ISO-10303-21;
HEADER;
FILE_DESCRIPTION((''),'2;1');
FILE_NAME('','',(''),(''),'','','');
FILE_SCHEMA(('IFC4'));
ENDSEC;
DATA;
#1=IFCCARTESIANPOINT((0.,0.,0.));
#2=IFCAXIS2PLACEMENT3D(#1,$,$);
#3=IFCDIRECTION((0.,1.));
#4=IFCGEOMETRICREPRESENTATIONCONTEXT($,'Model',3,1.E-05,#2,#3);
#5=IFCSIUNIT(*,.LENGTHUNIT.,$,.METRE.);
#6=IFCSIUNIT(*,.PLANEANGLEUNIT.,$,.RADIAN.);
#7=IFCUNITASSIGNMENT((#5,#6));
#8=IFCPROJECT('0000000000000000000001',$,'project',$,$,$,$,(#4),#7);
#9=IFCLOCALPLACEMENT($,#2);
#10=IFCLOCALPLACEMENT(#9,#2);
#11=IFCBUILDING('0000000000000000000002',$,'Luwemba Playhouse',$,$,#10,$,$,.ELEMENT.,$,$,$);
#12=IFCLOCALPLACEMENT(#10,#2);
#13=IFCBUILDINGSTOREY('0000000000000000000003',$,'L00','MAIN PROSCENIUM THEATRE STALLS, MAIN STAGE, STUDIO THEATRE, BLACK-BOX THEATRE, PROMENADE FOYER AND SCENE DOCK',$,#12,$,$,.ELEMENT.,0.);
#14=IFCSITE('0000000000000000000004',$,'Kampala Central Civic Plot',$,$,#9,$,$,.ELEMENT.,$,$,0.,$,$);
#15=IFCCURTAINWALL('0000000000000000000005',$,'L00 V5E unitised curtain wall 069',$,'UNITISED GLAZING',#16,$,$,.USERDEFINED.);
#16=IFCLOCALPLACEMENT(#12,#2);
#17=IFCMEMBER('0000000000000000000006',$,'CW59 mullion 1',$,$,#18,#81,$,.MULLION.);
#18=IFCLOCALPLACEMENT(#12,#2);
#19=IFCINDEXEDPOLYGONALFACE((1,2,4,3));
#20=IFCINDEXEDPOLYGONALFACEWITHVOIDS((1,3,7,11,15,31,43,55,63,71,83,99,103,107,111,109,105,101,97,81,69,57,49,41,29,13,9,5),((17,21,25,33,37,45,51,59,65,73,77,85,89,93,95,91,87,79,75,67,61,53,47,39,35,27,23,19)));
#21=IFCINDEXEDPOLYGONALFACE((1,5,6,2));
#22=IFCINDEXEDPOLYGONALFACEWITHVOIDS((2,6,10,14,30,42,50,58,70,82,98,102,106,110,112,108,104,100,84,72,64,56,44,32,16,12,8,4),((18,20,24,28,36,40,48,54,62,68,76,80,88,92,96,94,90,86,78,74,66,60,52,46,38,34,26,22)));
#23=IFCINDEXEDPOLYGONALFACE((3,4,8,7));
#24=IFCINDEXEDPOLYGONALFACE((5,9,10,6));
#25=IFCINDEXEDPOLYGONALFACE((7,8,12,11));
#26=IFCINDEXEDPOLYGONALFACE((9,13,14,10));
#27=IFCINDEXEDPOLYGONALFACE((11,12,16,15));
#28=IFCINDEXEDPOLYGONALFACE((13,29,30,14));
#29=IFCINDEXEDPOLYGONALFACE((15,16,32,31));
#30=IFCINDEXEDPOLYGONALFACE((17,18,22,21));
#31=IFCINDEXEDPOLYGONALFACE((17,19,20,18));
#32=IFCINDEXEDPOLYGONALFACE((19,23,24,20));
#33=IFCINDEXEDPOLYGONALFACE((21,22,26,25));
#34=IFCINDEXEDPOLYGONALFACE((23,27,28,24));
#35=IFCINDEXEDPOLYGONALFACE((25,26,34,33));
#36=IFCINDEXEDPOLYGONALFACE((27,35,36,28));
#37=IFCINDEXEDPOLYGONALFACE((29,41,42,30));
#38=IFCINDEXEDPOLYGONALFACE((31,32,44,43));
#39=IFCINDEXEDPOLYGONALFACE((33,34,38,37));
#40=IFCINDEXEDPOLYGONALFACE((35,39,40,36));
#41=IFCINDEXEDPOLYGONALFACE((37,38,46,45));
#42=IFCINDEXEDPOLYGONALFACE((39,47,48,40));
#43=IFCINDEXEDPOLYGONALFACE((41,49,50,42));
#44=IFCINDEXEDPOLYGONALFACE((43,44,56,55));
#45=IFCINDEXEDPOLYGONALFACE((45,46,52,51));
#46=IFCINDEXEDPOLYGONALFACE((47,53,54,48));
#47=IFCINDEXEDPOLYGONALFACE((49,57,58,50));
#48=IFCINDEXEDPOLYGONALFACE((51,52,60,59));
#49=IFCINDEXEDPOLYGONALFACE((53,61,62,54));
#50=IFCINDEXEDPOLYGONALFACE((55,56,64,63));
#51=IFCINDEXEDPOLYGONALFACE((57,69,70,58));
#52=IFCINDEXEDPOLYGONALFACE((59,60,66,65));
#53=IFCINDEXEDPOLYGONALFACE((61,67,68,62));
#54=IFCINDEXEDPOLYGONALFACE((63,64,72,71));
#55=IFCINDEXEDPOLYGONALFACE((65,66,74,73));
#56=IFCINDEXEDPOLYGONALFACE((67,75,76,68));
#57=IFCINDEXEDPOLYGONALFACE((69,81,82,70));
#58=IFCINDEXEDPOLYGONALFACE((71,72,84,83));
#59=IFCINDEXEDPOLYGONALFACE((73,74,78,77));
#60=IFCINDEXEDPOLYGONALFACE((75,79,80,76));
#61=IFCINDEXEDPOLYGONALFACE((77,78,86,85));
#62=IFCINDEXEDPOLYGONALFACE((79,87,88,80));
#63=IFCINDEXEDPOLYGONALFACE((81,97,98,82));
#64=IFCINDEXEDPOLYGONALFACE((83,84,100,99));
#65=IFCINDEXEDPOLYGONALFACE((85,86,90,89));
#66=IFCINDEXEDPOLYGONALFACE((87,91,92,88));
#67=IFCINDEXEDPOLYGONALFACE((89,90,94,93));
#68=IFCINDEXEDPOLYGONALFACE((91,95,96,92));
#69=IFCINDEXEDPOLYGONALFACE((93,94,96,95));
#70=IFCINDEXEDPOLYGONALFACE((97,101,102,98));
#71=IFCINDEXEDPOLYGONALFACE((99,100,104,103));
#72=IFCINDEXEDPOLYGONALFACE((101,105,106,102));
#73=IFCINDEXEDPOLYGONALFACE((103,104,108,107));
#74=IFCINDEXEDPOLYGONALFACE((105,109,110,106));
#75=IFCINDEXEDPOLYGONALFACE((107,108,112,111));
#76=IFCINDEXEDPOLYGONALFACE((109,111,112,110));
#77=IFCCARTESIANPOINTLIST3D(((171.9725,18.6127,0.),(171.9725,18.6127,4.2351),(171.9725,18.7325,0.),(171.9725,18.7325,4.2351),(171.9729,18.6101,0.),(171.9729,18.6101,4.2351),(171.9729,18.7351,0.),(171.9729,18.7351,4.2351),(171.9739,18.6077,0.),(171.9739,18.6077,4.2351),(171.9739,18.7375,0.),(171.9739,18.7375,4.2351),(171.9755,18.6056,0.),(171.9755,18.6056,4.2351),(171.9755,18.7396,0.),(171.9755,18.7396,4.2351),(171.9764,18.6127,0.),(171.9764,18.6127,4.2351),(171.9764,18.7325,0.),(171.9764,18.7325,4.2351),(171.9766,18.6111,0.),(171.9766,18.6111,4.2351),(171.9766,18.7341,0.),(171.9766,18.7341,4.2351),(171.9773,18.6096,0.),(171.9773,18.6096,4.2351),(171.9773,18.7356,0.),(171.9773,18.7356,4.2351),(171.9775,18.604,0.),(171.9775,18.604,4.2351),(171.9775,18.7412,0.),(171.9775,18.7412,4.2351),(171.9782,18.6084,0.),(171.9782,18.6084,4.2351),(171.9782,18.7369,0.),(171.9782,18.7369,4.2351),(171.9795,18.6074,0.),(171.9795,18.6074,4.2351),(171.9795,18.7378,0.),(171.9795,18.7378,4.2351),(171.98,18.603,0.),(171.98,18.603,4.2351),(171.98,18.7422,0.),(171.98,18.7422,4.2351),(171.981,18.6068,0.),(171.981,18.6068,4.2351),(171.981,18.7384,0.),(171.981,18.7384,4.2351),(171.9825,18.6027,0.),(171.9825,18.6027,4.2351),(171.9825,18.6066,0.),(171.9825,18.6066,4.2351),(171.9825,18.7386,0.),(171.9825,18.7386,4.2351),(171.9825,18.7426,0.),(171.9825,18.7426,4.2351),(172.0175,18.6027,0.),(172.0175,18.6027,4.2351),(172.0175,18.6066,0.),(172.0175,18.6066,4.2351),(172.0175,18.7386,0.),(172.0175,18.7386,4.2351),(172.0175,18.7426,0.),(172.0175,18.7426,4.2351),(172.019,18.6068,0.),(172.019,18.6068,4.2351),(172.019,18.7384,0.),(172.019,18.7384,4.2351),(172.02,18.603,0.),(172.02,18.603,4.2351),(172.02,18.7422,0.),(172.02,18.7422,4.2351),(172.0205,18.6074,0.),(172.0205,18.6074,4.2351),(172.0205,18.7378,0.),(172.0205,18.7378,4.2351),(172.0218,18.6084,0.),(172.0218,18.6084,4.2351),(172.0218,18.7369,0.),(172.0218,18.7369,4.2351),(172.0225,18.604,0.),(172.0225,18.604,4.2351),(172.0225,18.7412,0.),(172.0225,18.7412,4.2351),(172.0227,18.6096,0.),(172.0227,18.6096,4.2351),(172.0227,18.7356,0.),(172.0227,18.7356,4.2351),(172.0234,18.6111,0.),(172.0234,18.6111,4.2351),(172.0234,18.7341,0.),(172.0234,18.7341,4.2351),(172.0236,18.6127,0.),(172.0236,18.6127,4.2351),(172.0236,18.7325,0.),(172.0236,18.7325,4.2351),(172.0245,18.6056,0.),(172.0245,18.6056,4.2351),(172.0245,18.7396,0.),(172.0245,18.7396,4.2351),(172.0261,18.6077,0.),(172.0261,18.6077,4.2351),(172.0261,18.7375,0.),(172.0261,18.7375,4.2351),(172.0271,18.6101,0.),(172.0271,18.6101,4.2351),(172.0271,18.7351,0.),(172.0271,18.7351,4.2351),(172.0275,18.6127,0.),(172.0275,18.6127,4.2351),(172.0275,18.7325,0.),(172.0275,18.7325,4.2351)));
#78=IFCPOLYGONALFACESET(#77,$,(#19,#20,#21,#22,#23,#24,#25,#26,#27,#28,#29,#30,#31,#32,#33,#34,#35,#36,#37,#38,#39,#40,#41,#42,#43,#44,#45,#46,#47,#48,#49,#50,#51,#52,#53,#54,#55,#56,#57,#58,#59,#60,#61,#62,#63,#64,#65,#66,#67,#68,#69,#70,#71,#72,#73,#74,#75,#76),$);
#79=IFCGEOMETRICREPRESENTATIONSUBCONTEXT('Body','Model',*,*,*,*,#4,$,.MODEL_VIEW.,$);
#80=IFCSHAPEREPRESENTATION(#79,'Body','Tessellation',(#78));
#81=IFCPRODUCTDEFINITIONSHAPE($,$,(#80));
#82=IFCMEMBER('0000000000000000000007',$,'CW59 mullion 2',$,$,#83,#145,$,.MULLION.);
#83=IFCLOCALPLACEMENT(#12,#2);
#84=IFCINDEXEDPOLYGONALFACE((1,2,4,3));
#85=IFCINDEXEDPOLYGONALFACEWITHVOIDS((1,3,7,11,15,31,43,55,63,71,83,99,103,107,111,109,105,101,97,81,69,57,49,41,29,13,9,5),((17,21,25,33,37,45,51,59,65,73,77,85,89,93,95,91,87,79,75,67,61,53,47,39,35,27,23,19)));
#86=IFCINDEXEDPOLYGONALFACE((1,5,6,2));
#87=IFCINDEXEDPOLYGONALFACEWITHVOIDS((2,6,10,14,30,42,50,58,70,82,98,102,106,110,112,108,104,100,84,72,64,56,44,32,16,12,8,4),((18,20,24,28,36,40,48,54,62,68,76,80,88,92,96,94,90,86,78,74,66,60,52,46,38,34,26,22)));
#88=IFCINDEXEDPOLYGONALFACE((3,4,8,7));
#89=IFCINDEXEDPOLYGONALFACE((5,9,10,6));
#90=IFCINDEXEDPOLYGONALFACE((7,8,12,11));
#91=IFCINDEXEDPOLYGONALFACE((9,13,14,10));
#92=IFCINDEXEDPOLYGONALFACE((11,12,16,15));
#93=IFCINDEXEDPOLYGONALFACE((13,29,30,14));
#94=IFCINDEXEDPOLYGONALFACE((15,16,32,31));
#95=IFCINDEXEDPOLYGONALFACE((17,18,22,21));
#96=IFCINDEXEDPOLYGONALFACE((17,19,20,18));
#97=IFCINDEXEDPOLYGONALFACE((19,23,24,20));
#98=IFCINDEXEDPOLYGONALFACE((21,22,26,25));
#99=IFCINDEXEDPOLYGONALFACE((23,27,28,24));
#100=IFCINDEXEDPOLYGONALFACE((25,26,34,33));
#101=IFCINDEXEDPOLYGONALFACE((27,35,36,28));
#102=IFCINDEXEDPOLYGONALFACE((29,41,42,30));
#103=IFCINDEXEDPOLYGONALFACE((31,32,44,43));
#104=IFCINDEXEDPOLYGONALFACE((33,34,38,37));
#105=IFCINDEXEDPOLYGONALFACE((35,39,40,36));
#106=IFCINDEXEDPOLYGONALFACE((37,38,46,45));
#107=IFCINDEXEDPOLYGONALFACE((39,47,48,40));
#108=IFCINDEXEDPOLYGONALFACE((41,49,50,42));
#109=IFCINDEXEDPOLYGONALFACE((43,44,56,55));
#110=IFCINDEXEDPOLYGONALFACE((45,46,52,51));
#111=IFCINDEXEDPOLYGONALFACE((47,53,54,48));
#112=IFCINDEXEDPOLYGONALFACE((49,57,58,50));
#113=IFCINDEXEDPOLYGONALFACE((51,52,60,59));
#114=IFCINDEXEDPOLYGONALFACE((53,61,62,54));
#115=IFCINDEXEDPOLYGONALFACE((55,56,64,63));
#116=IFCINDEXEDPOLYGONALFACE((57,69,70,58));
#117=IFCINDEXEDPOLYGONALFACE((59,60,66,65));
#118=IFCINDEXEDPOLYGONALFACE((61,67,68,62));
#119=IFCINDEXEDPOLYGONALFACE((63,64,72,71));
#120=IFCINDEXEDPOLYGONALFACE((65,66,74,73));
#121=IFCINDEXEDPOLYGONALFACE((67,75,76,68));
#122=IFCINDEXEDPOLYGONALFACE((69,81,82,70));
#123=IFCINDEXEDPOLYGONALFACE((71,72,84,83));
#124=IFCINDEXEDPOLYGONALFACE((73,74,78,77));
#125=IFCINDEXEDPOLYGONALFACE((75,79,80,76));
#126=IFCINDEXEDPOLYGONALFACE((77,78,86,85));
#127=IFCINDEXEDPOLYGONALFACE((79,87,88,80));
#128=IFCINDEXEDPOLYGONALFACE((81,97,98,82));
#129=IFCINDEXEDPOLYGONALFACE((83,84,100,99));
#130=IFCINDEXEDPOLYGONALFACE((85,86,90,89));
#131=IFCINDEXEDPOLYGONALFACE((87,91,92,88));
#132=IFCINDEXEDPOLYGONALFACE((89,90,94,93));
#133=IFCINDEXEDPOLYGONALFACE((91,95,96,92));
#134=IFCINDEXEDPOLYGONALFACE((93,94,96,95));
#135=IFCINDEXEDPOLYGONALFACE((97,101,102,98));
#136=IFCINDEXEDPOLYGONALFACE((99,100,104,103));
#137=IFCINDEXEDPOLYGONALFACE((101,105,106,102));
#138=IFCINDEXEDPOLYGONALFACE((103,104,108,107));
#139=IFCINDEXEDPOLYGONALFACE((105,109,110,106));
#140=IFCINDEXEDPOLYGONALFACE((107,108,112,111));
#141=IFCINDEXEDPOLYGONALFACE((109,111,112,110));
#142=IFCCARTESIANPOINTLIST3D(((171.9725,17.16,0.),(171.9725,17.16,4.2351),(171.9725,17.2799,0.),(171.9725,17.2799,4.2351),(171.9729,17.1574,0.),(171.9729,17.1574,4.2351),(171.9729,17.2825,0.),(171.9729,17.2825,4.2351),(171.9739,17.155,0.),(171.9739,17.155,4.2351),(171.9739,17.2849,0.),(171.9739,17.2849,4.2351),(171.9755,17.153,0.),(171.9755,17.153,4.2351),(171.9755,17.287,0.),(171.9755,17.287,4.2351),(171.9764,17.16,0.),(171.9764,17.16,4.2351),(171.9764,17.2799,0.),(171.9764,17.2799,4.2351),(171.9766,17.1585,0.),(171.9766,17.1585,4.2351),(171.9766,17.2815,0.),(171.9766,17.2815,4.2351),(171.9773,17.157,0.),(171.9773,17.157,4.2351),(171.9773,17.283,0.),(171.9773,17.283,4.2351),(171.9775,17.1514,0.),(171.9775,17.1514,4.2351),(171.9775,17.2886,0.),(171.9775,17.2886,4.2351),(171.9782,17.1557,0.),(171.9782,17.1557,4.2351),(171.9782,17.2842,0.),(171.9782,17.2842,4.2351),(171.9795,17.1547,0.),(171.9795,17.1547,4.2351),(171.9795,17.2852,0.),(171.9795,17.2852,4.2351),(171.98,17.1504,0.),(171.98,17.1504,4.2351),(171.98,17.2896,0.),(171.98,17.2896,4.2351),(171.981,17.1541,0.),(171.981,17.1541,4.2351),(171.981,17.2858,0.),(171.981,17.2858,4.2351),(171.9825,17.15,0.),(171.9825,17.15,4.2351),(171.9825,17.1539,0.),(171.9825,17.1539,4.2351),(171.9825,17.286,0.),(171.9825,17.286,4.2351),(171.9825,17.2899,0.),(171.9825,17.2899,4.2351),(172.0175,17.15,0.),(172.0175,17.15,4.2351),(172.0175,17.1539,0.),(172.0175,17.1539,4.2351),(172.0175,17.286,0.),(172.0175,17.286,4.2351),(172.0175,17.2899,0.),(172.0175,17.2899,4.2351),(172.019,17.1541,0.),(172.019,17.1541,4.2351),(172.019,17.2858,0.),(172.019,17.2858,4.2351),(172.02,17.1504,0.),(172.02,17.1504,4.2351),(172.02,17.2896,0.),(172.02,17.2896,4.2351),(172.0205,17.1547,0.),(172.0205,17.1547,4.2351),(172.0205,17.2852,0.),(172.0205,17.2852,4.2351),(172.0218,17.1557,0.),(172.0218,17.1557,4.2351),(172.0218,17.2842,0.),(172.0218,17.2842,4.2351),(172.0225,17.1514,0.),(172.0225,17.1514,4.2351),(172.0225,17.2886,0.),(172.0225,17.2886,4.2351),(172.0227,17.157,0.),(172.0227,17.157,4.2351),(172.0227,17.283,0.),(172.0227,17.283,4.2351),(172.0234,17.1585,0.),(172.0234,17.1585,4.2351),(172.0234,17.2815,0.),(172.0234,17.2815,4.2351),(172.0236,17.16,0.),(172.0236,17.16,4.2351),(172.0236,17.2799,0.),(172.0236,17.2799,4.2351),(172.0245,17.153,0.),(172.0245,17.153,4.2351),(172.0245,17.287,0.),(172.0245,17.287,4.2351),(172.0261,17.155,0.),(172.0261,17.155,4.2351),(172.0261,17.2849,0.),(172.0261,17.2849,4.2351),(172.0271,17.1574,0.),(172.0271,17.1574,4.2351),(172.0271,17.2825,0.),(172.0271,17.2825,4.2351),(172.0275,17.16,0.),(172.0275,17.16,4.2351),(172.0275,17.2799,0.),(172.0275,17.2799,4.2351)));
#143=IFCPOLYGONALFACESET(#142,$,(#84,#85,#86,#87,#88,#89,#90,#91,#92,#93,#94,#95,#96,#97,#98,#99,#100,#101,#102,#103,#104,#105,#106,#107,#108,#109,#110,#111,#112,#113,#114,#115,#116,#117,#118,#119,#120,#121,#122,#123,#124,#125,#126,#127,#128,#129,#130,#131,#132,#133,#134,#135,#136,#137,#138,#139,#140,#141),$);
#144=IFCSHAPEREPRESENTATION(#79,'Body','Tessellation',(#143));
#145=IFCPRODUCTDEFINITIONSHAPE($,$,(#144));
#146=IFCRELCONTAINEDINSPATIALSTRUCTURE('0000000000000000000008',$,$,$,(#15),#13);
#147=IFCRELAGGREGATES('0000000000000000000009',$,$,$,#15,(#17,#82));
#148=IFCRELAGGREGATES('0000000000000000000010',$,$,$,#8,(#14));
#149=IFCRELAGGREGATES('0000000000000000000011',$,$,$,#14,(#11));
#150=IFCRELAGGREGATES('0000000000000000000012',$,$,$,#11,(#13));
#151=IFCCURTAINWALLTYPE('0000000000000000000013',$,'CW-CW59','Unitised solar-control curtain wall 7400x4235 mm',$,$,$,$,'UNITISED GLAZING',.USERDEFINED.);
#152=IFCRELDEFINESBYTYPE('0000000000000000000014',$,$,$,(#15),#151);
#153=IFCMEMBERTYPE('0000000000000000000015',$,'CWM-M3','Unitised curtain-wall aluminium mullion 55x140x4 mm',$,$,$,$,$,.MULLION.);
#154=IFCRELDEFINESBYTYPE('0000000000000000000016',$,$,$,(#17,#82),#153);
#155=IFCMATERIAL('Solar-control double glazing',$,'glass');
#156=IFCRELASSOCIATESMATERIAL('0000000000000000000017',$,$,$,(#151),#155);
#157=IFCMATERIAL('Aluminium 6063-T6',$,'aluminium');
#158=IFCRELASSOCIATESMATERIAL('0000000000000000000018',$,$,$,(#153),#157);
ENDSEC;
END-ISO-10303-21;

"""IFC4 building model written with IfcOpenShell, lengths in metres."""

from ifc_helpers import new_model, si_unit, direction, frame, origin, origin_2d, place, context, subcontext, project, spatial, hollow_rectangle, extrude, material, material_profile, profile_set, type_object, element, aggregate, save


model = new_model("IFC4")

# Units and contexts
model_context = context("Model", 3, precision=1e-05, world=origin(), true_north=direction((0.0, 1.0)))
body_context = subcontext(model_context, "Body", "Model", "MODEL_VIEW")
ifc_project = project(units=[si_unit("LENGTHUNIT", "METRE"), si_unit("PLANEANGLEUNIT", "RADIAN")], contexts=[model_context])

# Site, building, storey
site_placement = place(None, origin())
site = spatial("IfcSite", under=ifc_project, at=site_placement, Name="Kampala Central Civic Plot", CompositionType="ELEMENT", RefElevation=0.0)
building_placement = place(site_placement, origin())
building = spatial("IfcBuilding", under=site, at=building_placement, Name="Luwemba Playhouse", CompositionType="ELEMENT")
storey_placement = place(building_placement, origin())
storey = spatial("IfcBuildingStorey", under=building, at=storey_placement, Name="L00", Description="MAIN PROSCENIUM THEATRE STALLS, MAIN STAGE, STUDIO THEATRE, BLACK-BOX THEATRE, PROMENADE FOYER AND SCENE DOCK", CompositionType="ELEMENT", Elevation=0.0)

# Curtain wall, members
ifc_material_1 = material(Name="Solar-control double glazing", Category="glass")
ifc_material_2 = material(Name="Aluminium 6063-T6", Category="aluminium")
curtain_wall_type_1 = type_object("IfcCurtainWallType", Name="CW-CW59", Description="Unitised solar-control curtain wall 7400x4235 mm", ElementType="UNITISED GLAZING", PredefinedType="USERDEFINED", material=ifc_material_1)
curtain_wall_1_placement = place(storey_placement, origin())
curtain_wall_1 = element("IfcCurtainWall", 1, at=curtain_wall_1_placement, inside=storey, type_object=curtain_wall_type_1, Name="L00 V5E unitised curtain wall 069", ObjectType="UNITISED GLAZING", PredefinedType="USERDEFINED")
ifc_material_profile_1 = material_profile(ifc_material_2, hollow_rectangle(XDim=0.0549, YDim=0.1399, WallThickness=0.0039, InnerFilletRadius=0.0061, OuterFilletRadius=0.01, at=origin_2d()))
ifc_profile_set_1 = profile_set([ifc_material_profile_1], Name="Aluminium 6063-T6")
member_type_1 = type_object("IfcMemberType", Name="CWM-M3", Description="Unitised curtain-wall aluminium mullion 55x140x4 mm", PredefinedType="MULLION", material=ifc_profile_set_1)
member_1_placement = place(storey_placement, frame((172.0, 18.6726, 0.0), z_axis=(0.0, 0.0, 1.0), x_axis=(1.0, 0.0, 0.0)))
member_1 = element("IfcMember", 2, at=member_1_placement, type_object=member_type_1, Name="CW59 mullion 1", PredefinedType="MULLION", context=body_context, shape_type="SweptSolid", body=[
    extrude(hollow_rectangle(XDim=0.0549, YDim=0.1399, WallThickness=0.0039, InnerFilletRadius=0.0061, OuterFilletRadius=0.01, at=origin_2d()), origin(), (0.0, 0.0, 1.0), 4.2351),
])
member_2_placement = place(storey_placement, frame((172.0, 17.22, 0.0), z_axis=(0.0, 0.0, 1.0), x_axis=(1.0, 0.0, 0.0)))
member_2 = element("IfcMember", 3, at=member_2_placement, type_object=member_type_1, Name="CW59 mullion 2", PredefinedType="MULLION", context=body_context, shape_type="SweptSolid", body=[
    extrude(hollow_rectangle(XDim=0.0549, YDim=0.1399, WallThickness=0.0039, InnerFilletRadius=0.0061, OuterFilletRadius=0.01, at=origin_2d()), origin(), (0.0, 0.0, 1.0), 4.2351),
])

aggregate(curtain_wall_1, [member_1, member_2])

save(model, "model.ifc")
